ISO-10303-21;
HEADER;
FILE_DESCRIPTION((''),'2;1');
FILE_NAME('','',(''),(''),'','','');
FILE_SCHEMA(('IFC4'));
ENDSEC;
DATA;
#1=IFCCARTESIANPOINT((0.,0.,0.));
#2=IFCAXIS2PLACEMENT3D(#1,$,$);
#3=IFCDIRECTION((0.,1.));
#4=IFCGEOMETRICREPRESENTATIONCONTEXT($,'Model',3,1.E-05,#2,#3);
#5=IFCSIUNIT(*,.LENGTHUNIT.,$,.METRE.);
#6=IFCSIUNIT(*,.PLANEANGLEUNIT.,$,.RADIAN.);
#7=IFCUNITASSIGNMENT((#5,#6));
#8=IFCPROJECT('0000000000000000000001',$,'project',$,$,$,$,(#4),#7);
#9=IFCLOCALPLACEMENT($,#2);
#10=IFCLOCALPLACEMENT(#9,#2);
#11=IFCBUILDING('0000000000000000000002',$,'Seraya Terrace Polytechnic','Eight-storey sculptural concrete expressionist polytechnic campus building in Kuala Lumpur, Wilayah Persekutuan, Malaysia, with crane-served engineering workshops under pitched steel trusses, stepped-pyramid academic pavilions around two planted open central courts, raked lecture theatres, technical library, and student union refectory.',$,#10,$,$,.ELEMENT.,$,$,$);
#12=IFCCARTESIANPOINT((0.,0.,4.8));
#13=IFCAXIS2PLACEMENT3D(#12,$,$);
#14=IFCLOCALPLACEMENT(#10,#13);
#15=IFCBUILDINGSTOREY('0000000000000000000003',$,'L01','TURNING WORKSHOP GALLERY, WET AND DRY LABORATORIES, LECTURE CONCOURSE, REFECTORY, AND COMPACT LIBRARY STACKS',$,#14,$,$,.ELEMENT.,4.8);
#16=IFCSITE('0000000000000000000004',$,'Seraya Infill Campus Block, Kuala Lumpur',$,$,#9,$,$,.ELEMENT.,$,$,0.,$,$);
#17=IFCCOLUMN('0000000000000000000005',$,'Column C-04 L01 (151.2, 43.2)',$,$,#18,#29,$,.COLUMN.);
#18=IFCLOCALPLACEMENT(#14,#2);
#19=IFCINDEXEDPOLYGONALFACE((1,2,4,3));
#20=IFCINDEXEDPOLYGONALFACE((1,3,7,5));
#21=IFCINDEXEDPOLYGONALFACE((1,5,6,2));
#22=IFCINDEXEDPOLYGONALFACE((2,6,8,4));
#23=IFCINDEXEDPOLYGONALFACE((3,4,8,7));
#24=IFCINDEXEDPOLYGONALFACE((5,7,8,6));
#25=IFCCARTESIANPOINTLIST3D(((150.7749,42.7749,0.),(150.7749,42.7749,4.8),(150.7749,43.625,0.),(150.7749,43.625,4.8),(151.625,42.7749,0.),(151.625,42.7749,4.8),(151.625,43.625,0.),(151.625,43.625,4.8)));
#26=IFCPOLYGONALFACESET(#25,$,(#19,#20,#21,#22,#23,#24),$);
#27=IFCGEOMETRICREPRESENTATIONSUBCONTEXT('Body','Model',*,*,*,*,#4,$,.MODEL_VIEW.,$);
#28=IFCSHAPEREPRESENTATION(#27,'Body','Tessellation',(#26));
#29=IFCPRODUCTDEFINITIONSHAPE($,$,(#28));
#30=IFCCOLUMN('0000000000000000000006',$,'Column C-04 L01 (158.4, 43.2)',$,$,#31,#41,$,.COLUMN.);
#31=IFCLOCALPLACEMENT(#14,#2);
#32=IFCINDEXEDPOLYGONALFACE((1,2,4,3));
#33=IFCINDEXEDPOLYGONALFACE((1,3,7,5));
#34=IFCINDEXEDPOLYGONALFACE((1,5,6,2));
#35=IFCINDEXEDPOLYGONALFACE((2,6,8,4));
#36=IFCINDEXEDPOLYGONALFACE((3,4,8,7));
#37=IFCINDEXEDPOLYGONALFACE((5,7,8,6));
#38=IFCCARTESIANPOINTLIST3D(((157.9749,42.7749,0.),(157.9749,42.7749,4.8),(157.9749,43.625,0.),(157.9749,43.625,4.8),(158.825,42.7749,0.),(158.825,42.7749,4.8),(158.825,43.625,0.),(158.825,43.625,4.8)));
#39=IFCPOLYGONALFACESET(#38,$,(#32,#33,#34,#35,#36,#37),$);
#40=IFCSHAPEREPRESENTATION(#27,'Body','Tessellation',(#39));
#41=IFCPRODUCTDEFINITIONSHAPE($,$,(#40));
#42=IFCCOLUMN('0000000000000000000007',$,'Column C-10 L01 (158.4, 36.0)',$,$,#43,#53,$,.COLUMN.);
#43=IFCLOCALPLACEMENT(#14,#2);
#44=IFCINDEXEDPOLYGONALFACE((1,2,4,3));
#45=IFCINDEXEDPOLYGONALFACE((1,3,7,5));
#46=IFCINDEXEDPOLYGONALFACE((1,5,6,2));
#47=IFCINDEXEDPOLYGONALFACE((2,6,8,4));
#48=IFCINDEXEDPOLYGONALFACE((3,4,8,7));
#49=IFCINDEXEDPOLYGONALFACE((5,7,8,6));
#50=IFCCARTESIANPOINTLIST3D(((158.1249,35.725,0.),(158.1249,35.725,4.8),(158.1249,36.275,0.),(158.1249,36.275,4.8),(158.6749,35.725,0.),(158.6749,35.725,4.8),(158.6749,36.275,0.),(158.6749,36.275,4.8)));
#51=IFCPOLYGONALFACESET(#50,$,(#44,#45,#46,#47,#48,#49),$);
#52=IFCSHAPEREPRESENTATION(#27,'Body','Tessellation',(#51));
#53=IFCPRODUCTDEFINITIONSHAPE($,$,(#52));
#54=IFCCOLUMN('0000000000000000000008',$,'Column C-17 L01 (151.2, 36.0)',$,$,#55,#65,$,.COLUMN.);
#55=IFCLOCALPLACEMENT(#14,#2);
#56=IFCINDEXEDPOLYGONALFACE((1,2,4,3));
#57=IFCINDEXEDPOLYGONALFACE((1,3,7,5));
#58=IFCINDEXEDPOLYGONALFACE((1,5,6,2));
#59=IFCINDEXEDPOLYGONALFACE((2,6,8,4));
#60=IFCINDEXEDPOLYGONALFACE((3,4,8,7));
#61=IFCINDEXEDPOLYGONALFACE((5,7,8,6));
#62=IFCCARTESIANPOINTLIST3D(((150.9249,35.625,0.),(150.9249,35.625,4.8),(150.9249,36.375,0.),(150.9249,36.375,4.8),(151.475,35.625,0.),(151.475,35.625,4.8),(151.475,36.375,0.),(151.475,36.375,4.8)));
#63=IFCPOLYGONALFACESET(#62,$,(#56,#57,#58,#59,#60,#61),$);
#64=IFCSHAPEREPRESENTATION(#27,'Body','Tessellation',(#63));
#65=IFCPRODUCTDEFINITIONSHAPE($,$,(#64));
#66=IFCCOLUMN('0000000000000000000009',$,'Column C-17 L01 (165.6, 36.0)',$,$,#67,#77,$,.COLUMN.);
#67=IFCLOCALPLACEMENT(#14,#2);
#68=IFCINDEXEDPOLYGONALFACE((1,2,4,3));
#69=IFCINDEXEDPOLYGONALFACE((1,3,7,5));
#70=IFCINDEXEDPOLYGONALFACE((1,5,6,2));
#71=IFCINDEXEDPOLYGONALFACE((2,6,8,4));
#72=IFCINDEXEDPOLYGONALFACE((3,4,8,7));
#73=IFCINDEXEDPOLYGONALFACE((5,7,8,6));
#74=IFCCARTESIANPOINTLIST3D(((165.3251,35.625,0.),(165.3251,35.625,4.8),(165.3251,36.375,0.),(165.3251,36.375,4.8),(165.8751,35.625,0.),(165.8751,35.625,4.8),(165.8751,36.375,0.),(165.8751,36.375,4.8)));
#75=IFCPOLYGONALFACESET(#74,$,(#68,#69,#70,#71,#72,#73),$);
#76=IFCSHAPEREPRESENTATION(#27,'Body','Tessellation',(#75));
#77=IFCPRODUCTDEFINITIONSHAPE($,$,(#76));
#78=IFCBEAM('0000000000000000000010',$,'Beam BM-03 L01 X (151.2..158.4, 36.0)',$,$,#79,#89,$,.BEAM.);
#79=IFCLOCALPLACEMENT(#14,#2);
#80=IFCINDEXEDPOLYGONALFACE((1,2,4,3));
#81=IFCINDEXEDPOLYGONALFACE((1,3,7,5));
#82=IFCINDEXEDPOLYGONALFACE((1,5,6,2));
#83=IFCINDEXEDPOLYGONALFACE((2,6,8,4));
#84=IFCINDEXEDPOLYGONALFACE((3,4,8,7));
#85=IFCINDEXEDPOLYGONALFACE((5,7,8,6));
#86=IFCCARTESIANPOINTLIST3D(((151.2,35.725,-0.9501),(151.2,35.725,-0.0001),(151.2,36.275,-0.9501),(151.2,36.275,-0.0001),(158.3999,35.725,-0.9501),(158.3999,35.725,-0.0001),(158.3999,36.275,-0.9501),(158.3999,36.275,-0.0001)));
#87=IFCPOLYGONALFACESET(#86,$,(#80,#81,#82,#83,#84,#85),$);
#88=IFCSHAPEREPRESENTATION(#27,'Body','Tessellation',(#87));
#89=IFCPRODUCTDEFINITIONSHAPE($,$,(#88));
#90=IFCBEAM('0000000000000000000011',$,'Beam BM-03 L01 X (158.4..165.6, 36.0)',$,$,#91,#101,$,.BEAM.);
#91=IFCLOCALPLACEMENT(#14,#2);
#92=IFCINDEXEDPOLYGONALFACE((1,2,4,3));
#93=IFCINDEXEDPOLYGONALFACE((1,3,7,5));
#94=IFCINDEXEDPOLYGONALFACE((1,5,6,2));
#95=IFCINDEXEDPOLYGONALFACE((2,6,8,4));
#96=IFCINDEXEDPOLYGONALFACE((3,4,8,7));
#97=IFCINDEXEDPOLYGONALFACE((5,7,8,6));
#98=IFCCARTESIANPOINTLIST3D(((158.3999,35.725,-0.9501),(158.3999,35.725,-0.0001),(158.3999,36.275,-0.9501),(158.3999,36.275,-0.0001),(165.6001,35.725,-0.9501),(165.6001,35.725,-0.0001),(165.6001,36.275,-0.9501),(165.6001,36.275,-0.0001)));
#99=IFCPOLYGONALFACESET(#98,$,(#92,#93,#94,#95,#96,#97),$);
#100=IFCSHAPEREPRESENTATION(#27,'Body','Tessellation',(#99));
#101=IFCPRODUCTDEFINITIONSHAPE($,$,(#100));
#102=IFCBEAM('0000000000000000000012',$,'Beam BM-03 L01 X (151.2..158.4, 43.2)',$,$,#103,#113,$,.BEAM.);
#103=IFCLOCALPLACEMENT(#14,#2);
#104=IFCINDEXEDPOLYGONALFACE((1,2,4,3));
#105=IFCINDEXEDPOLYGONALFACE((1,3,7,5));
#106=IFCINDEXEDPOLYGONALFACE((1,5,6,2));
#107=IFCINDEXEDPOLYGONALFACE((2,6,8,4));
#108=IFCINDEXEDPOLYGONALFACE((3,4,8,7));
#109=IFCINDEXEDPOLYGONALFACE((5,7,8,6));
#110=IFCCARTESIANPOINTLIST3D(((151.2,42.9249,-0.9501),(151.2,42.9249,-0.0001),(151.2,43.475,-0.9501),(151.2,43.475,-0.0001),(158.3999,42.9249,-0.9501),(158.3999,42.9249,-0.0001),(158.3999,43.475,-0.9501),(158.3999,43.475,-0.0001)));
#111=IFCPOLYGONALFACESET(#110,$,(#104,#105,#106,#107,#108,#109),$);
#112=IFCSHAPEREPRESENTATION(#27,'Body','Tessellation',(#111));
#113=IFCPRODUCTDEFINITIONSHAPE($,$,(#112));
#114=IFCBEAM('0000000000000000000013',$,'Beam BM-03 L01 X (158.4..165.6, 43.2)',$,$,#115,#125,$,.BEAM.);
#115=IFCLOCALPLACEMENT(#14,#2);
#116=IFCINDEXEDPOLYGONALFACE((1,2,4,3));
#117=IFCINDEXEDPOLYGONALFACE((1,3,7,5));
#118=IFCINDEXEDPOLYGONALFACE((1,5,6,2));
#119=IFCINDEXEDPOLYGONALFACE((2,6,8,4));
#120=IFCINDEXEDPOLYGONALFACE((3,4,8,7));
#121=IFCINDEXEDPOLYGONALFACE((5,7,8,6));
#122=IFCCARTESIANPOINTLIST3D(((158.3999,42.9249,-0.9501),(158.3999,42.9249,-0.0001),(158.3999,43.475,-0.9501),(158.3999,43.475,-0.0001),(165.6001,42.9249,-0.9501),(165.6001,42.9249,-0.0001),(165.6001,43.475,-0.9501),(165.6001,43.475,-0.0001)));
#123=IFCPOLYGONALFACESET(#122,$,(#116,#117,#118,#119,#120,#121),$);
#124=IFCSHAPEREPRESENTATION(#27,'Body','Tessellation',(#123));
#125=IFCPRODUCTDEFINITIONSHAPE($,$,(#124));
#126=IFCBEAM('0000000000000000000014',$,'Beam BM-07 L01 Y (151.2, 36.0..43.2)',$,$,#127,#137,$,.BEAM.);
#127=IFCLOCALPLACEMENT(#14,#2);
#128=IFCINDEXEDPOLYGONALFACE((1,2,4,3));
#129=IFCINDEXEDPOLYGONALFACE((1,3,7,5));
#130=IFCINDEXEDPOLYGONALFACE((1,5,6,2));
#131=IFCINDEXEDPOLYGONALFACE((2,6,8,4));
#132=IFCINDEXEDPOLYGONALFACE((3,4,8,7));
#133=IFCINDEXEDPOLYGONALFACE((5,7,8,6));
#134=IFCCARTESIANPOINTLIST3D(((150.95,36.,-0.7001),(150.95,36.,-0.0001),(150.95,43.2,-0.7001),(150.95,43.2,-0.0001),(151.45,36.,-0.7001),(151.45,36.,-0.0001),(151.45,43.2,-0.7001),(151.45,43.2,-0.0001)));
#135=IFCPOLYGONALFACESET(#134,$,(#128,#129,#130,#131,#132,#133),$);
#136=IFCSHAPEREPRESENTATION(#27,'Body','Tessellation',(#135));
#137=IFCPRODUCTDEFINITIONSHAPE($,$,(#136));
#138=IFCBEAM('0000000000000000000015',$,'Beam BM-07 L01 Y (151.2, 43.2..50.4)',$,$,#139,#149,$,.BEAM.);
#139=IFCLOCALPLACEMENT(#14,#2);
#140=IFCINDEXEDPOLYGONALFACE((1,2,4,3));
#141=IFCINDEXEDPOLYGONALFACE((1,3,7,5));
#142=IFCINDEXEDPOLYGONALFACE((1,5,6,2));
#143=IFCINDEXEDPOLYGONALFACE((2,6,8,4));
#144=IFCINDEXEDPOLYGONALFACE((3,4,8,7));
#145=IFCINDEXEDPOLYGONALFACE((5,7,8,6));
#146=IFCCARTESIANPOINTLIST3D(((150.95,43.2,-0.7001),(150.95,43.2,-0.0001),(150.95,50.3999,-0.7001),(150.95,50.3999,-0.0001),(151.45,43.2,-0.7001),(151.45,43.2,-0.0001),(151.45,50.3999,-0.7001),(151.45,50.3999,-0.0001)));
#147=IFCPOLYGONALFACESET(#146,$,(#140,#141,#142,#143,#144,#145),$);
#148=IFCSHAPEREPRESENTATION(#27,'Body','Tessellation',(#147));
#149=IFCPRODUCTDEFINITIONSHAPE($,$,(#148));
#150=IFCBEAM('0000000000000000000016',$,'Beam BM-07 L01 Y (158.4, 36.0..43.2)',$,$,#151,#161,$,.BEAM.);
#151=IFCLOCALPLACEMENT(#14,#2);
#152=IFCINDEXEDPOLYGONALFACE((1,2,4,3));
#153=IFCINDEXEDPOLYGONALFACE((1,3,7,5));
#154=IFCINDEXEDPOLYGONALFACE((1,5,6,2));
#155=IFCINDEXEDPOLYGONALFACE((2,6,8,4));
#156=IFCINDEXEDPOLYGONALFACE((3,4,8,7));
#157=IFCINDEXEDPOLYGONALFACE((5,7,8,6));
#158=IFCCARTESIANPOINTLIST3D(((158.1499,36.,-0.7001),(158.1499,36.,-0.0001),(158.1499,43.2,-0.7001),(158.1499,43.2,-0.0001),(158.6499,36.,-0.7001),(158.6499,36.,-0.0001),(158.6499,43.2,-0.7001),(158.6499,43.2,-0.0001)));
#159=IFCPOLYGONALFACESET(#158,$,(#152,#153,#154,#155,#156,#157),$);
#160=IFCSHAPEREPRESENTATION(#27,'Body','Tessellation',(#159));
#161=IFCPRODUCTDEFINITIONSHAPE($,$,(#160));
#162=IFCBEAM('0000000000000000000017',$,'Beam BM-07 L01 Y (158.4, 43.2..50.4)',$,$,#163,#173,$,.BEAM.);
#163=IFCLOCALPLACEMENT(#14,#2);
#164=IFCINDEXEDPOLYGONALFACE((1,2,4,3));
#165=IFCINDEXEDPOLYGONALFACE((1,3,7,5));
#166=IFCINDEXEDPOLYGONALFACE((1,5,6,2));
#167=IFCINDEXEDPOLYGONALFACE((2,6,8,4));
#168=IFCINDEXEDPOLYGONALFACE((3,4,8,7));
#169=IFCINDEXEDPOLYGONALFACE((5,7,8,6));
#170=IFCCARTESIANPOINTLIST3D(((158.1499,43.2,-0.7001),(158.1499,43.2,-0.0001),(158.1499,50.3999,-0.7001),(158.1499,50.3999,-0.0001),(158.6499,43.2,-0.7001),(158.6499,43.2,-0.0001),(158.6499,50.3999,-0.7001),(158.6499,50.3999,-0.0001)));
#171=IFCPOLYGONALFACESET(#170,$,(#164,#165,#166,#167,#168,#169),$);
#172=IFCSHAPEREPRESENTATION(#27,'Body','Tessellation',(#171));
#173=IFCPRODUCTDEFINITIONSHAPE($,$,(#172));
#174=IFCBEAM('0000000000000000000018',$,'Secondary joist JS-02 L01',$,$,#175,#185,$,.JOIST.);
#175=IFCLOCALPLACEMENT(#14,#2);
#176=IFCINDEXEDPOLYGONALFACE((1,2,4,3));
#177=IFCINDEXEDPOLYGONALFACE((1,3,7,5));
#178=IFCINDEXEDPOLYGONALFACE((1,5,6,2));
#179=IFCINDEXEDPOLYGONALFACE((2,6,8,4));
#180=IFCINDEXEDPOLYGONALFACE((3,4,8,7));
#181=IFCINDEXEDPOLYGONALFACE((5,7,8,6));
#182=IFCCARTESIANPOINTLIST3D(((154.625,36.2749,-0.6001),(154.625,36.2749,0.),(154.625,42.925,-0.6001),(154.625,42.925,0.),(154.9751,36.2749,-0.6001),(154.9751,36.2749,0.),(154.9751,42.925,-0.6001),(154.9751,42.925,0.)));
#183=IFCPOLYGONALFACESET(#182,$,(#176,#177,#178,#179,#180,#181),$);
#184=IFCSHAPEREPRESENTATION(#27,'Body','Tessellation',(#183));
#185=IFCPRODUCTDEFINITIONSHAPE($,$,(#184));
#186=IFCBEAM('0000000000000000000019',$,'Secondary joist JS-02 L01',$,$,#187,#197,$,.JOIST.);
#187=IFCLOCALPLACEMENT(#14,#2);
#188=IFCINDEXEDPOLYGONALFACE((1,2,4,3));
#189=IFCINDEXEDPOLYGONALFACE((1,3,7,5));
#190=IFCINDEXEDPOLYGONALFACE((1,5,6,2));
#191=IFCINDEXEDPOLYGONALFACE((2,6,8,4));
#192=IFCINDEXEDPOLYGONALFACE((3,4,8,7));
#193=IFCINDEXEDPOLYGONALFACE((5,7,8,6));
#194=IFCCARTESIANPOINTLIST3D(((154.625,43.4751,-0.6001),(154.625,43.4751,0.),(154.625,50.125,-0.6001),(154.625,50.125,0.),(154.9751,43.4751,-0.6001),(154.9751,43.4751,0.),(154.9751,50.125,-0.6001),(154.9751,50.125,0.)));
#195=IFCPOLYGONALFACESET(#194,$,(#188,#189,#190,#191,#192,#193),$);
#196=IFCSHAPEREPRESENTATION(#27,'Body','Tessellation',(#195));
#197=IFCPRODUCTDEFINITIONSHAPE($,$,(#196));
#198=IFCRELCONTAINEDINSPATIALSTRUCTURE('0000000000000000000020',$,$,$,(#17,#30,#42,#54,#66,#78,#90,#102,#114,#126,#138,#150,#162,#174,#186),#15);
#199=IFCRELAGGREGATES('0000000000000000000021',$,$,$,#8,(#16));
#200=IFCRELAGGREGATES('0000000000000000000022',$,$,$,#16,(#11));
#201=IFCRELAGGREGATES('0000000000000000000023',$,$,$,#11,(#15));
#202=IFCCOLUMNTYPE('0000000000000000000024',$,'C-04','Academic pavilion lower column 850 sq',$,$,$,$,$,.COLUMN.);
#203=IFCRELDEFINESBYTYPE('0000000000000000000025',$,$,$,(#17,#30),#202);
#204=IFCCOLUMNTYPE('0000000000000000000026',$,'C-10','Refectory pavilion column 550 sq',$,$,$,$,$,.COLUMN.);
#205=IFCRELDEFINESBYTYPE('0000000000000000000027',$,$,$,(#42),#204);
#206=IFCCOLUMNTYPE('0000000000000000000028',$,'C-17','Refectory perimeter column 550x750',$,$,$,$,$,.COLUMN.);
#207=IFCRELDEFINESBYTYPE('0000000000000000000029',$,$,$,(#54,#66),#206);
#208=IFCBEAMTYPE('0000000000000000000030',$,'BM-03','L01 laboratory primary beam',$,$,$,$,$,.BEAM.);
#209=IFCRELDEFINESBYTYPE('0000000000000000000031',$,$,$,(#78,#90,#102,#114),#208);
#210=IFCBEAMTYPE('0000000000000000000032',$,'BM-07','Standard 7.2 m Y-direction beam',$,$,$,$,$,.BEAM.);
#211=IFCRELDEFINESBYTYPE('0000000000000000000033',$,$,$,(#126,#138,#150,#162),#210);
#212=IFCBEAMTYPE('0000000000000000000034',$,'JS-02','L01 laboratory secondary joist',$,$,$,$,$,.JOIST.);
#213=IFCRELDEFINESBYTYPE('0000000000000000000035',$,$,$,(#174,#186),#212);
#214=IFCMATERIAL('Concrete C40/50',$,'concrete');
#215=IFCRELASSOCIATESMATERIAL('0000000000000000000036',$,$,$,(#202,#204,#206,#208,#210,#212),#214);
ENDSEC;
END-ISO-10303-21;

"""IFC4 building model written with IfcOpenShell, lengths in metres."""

from ifc_helpers import new_model, si_unit, direction, frame, origin, origin_2d, place, context, subcontext, project, spatial, rectangle, extrude, material, material_profile, profile_set, type_object, element, save


model = new_model("IFC4")

# Units and contexts
model_context = context("Model", 3, precision=1e-05, world=origin(), true_north=direction((0.0, 1.0)))
body_context = subcontext(model_context, "Body", "Model", "MODEL_VIEW")
ifc_project = project(units=[si_unit("LENGTHUNIT", "METRE"), si_unit("PLANEANGLEUNIT", "RADIAN")], contexts=[model_context])

# Site, building, storey
site_placement = place(None, origin())
site = spatial("IfcSite", under=ifc_project, at=site_placement, Name="Seraya Infill Campus Block, Kuala Lumpur", CompositionType="ELEMENT", RefElevation=0.0)
building_placement = place(site_placement, origin())
building = spatial("IfcBuilding", under=site, at=building_placement, Name="Seraya Terrace Polytechnic", Description="Eight-storey sculptural concrete expressionist polytechnic campus building in Kuala Lumpur, Wilayah Persekutuan, Malaysia, with crane-served engineering workshops under pitched steel trusses, stepped-pyramid academic pavilions around two planted open central courts, raked lecture theatres, technical library, and student union refectory.", CompositionType="ELEMENT")
storey_placement = place(building_placement, frame((0.0, 0.0, 4.8)))
storey = spatial("IfcBuildingStorey", under=building, at=storey_placement, Name="L01", Description="TURNING WORKSHOP GALLERY, WET AND DRY LABORATORIES, LECTURE CONCOURSE, REFECTORY, AND COMPACT LIBRARY STACKS", CompositionType="ELEMENT", Elevation=4.8)

# Columns
ifc_material_1 = material(Name="Concrete C40/50", Category="concrete")
ifc_material_profile_1 = material_profile(ifc_material_1, rectangle(XDim=0.8501, YDim=0.8501, at=origin_2d()), Name="RC 850x850")
ifc_profile_set_1 = profile_set([ifc_material_profile_1], Name="Concrete C40/50")
column_type_1 = type_object("IfcColumnType", Name="C-04", Description="Academic pavilion lower column 850 sq", PredefinedType="COLUMN", material=ifc_profile_set_1)
for number, where, z_axis, x_axis, name in (
    (1, (151.2, 43.2, 0.0), (0.0, 0.0, 1.0), (1.0, 0.0, 0.0), "Column C-04 L01 (151.2, 43.2)"),
    (2, (158.3999, 43.2, 0.0), (0.0, 0.0, 1.0), (1.0, 0.0, 0.0), "Column C-04 L01 (158.4, 43.2)"),
):
    element("IfcColumn", number, at=place(storey_placement, frame(where, z_axis=z_axis, x_axis=x_axis)), inside=storey, type_object=column_type_1, Name=name, PredefinedType="COLUMN", context=body_context, shape_type="SweptSolid", body=[
        extrude(rectangle(XDim=0.8501, YDim=0.8501, at=origin_2d()), origin(), (0.0, 0.0, 1.0), 4.8),
    ])
ifc_material_profile_2 = material_profile(ifc_material_1, rectangle(XDim=0.55, YDim=0.55, at=origin_2d()), Name="RC 550x550")
ifc_profile_set_2 = profile_set([ifc_material_profile_2], Name="Concrete C40/50")
column_type_2 = type_object("IfcColumnType", Name="C-10", Description="Refectory pavilion column 550 sq", PredefinedType="COLUMN", material=ifc_profile_set_2)
column_placement = place(storey_placement, frame((158.3999, 36.0, 0.0), z_axis=(0.0, 0.0, 1.0), x_axis=(1.0, 0.0, 0.0)))
element("IfcColumn", 3, at=column_placement, inside=storey, type_object=column_type_2, Name="Column C-10 L01 (158.4, 36.0)", PredefinedType="COLUMN", context=body_context, shape_type="SweptSolid", body=[
    extrude(rectangle(XDim=0.55, YDim=0.55, at=origin_2d()), origin(), (0.0, 0.0, 1.0), 4.8),
])
ifc_material_profile_3 = material_profile(ifc_material_1, rectangle(XDim=0.55, YDim=0.75, at=origin_2d()), Name="RC 550x750")
ifc_profile_set_3 = profile_set([ifc_material_profile_3], Name="Concrete C40/50")
column_type_3 = type_object("IfcColumnType", Name="C-17", Description="Refectory perimeter column 550x750", PredefinedType="COLUMN", material=ifc_profile_set_3)
for number, where, z_axis, x_axis, name in (
    (4, (151.2, 36.0, 0.0), (0.0, 0.0, 1.0), (1.0, 0.0, 0.0), "Column C-17 L01 (151.2, 36.0)"),
    (5, (165.6001, 36.0, 0.0), (0.0, 0.0, 1.0), (1.0, 0.0, 0.0), "Column C-17 L01 (165.6, 36.0)"),
):
    element("IfcColumn", number, at=place(storey_placement, frame(where, z_axis=z_axis, x_axis=x_axis)), inside=storey, type_object=column_type_3, Name=name, PredefinedType="COLUMN", context=body_context, shape_type="SweptSolid", body=[
        extrude(rectangle(XDim=0.55, YDim=0.75, at=origin_2d()), origin(), (0.0, 0.0, 1.0), 4.8),
    ])

# Beams
ifc_material_profile_4 = material_profile(ifc_material_1, rectangle(XDim=0.55, YDim=0.95, at=origin_2d()), Name="RC 550x950")
ifc_profile_set_4 = profile_set([ifc_material_profile_4], Name="Concrete C40/50")
beam_type_1 = type_object("IfcBeamType", Name="BM-03", Description="L01 laboratory primary beam", PredefinedType="BEAM", material=ifc_profile_set_4)
beam_1_placement = place(storey_placement, frame((151.2, 36.0, -0.4751), z_axis=(1.0, 0.0, 0.0), x_axis=(0.0, 1.0, 0.0)))
element("IfcBeam", 6, at=beam_1_placement, inside=storey, type_object=beam_type_1, Name="Beam BM-03 L01 X (151.2..158.4, 36.0)", PredefinedType="BEAM", context=body_context, shape_type="SweptSolid", body=[
    extrude(rectangle(XDim=0.55, YDim=0.95, at=origin_2d()), origin(), (0.0, 0.0, 1.0), 7.2),
])
beam_2_placement = place(storey_placement, frame((158.3999, 36.0, -0.4751), z_axis=(1.0, 0.0, 0.0), x_axis=(0.0, 1.0, 0.0)))
element("IfcBeam", 7, at=beam_2_placement, inside=storey, type_object=beam_type_1, Name="Beam BM-03 L01 X (158.4..165.6, 36.0)", PredefinedType="BEAM", context=body_context, shape_type="SweptSolid", body=[
    extrude(rectangle(XDim=0.55, YDim=0.95, at=origin_2d()), origin(), (0.0, 0.0, 1.0), 7.2002),
])
beam_3_placement = place(storey_placement, frame((151.2, 43.2, -0.4751), z_axis=(1.0, 0.0, 0.0), x_axis=(0.0, 1.0, 0.0)))
element("IfcBeam", 8, at=beam_3_placement, inside=storey, type_object=beam_type_1, Name="Beam BM-03 L01 X (151.2..158.4, 43.2)", PredefinedType="BEAM", context=body_context, shape_type="SweptSolid", body=[
    extrude(rectangle(XDim=0.55, YDim=0.95, at=origin_2d()), origin(), (0.0, 0.0, 1.0), 7.2),
])
beam_4_placement = place(storey_placement, frame((158.3999, 43.2, -0.4751), z_axis=(1.0, 0.0, 0.0), x_axis=(0.0, 1.0, 0.0)))
element("IfcBeam", 9, at=beam_4_placement, inside=storey, type_object=beam_type_1, Name="Beam BM-03 L01 X (158.4..165.6, 43.2)", PredefinedType="BEAM", context=body_context, shape_type="SweptSolid", body=[
    extrude(rectangle(XDim=0.55, YDim=0.95, at=origin_2d()), origin(), (0.0, 0.0, 1.0), 7.2002),
])
ifc_material_profile_5 = material_profile(ifc_material_1, rectangle(XDim=0.5, YDim=0.7, at=origin_2d()), Name="RC 500x700")
ifc_profile_set_5 = profile_set([ifc_material_profile_5], Name="Concrete C40/50")
beam_type_2 = type_object("IfcBeamType", Name="BM-07", Description="Standard 7.2 m Y-direction beam", PredefinedType="BEAM", material=ifc_profile_set_5)
for number, where, z_axis, x_axis, name in (
    (10, (151.2, 36.0, -0.3501), (0.0, 1.0, 0.0), (-1.0, 0.0, 0.0), "Beam BM-07 L01 Y (151.2, 36.0..43.2)"),
    (11, (151.2, 43.2, -0.3501), (0.0, 1.0, 0.0), (-1.0, 0.0, 0.0), "Beam BM-07 L01 Y (151.2, 43.2..50.4)"),
    (12, (158.3999, 36.0, -0.3501), (0.0, 1.0, 0.0), (-1.0, 0.0, 0.0), "Beam BM-07 L01 Y (158.4, 36.0..43.2)"),
    (13, (158.3999, 43.2, -0.3501), (0.0, 1.0, 0.0), (-1.0, 0.0, 0.0), "Beam BM-07 L01 Y (158.4, 43.2..50.4)"),
):
    element("IfcBeam", number, at=place(storey_placement, frame(where, z_axis=z_axis, x_axis=x_axis)), inside=storey, type_object=beam_type_2, Name=name, PredefinedType="BEAM", context=body_context, shape_type="SweptSolid", body=[
        extrude(rectangle(XDim=0.5, YDim=0.7, at=origin_2d()), origin(), (0.0, 0.0, 1.0), 7.2),
    ])
ifc_material_profile_6 = material_profile(ifc_material_1, rectangle(XDim=0.3501, YDim=0.6001, at=origin_2d()), Name="RC 350x600")
ifc_profile_set_6 = profile_set([ifc_material_profile_6], Name="Concrete C40/50")
beam_type_3 = type_object("IfcBeamType", Name="JS-02", Description="L01 laboratory secondary joist", PredefinedType="JOIST", material=ifc_profile_set_6)
beam_5_placement = place(storey_placement, frame((154.8, 36.2749, -0.3), z_axis=(0.0, 1.0, 0.0), x_axis=(-1.0, 0.0, 0.0)))
element("IfcBeam", 14, at=beam_5_placement, inside=storey, type_object=beam_type_3, Name="Secondary joist JS-02 L01", PredefinedType="JOIST", context=body_context, shape_type="SweptSolid", body=[
    extrude(rectangle(XDim=0.3501, YDim=0.6001, at=origin_2d()), origin(), (0.0, 0.0, 1.0), 6.6501),
])
beam_6_placement = place(storey_placement, frame((154.8, 43.4751, -0.3), z_axis=(0.0, 1.0, 0.0), x_axis=(-1.0, 0.0, 0.0)))
element("IfcBeam", 15, at=beam_6_placement, inside=storey, type_object=beam_type_3, Name="Secondary joist JS-02 L01", PredefinedType="JOIST", context=body_context, shape_type="SweptSolid", body=[
    extrude(rectangle(XDim=0.3501, YDim=0.6001, at=origin_2d()), origin(), (0.0, 0.0, 1.0), 6.6499),
])

save(model, "model.ifc")
